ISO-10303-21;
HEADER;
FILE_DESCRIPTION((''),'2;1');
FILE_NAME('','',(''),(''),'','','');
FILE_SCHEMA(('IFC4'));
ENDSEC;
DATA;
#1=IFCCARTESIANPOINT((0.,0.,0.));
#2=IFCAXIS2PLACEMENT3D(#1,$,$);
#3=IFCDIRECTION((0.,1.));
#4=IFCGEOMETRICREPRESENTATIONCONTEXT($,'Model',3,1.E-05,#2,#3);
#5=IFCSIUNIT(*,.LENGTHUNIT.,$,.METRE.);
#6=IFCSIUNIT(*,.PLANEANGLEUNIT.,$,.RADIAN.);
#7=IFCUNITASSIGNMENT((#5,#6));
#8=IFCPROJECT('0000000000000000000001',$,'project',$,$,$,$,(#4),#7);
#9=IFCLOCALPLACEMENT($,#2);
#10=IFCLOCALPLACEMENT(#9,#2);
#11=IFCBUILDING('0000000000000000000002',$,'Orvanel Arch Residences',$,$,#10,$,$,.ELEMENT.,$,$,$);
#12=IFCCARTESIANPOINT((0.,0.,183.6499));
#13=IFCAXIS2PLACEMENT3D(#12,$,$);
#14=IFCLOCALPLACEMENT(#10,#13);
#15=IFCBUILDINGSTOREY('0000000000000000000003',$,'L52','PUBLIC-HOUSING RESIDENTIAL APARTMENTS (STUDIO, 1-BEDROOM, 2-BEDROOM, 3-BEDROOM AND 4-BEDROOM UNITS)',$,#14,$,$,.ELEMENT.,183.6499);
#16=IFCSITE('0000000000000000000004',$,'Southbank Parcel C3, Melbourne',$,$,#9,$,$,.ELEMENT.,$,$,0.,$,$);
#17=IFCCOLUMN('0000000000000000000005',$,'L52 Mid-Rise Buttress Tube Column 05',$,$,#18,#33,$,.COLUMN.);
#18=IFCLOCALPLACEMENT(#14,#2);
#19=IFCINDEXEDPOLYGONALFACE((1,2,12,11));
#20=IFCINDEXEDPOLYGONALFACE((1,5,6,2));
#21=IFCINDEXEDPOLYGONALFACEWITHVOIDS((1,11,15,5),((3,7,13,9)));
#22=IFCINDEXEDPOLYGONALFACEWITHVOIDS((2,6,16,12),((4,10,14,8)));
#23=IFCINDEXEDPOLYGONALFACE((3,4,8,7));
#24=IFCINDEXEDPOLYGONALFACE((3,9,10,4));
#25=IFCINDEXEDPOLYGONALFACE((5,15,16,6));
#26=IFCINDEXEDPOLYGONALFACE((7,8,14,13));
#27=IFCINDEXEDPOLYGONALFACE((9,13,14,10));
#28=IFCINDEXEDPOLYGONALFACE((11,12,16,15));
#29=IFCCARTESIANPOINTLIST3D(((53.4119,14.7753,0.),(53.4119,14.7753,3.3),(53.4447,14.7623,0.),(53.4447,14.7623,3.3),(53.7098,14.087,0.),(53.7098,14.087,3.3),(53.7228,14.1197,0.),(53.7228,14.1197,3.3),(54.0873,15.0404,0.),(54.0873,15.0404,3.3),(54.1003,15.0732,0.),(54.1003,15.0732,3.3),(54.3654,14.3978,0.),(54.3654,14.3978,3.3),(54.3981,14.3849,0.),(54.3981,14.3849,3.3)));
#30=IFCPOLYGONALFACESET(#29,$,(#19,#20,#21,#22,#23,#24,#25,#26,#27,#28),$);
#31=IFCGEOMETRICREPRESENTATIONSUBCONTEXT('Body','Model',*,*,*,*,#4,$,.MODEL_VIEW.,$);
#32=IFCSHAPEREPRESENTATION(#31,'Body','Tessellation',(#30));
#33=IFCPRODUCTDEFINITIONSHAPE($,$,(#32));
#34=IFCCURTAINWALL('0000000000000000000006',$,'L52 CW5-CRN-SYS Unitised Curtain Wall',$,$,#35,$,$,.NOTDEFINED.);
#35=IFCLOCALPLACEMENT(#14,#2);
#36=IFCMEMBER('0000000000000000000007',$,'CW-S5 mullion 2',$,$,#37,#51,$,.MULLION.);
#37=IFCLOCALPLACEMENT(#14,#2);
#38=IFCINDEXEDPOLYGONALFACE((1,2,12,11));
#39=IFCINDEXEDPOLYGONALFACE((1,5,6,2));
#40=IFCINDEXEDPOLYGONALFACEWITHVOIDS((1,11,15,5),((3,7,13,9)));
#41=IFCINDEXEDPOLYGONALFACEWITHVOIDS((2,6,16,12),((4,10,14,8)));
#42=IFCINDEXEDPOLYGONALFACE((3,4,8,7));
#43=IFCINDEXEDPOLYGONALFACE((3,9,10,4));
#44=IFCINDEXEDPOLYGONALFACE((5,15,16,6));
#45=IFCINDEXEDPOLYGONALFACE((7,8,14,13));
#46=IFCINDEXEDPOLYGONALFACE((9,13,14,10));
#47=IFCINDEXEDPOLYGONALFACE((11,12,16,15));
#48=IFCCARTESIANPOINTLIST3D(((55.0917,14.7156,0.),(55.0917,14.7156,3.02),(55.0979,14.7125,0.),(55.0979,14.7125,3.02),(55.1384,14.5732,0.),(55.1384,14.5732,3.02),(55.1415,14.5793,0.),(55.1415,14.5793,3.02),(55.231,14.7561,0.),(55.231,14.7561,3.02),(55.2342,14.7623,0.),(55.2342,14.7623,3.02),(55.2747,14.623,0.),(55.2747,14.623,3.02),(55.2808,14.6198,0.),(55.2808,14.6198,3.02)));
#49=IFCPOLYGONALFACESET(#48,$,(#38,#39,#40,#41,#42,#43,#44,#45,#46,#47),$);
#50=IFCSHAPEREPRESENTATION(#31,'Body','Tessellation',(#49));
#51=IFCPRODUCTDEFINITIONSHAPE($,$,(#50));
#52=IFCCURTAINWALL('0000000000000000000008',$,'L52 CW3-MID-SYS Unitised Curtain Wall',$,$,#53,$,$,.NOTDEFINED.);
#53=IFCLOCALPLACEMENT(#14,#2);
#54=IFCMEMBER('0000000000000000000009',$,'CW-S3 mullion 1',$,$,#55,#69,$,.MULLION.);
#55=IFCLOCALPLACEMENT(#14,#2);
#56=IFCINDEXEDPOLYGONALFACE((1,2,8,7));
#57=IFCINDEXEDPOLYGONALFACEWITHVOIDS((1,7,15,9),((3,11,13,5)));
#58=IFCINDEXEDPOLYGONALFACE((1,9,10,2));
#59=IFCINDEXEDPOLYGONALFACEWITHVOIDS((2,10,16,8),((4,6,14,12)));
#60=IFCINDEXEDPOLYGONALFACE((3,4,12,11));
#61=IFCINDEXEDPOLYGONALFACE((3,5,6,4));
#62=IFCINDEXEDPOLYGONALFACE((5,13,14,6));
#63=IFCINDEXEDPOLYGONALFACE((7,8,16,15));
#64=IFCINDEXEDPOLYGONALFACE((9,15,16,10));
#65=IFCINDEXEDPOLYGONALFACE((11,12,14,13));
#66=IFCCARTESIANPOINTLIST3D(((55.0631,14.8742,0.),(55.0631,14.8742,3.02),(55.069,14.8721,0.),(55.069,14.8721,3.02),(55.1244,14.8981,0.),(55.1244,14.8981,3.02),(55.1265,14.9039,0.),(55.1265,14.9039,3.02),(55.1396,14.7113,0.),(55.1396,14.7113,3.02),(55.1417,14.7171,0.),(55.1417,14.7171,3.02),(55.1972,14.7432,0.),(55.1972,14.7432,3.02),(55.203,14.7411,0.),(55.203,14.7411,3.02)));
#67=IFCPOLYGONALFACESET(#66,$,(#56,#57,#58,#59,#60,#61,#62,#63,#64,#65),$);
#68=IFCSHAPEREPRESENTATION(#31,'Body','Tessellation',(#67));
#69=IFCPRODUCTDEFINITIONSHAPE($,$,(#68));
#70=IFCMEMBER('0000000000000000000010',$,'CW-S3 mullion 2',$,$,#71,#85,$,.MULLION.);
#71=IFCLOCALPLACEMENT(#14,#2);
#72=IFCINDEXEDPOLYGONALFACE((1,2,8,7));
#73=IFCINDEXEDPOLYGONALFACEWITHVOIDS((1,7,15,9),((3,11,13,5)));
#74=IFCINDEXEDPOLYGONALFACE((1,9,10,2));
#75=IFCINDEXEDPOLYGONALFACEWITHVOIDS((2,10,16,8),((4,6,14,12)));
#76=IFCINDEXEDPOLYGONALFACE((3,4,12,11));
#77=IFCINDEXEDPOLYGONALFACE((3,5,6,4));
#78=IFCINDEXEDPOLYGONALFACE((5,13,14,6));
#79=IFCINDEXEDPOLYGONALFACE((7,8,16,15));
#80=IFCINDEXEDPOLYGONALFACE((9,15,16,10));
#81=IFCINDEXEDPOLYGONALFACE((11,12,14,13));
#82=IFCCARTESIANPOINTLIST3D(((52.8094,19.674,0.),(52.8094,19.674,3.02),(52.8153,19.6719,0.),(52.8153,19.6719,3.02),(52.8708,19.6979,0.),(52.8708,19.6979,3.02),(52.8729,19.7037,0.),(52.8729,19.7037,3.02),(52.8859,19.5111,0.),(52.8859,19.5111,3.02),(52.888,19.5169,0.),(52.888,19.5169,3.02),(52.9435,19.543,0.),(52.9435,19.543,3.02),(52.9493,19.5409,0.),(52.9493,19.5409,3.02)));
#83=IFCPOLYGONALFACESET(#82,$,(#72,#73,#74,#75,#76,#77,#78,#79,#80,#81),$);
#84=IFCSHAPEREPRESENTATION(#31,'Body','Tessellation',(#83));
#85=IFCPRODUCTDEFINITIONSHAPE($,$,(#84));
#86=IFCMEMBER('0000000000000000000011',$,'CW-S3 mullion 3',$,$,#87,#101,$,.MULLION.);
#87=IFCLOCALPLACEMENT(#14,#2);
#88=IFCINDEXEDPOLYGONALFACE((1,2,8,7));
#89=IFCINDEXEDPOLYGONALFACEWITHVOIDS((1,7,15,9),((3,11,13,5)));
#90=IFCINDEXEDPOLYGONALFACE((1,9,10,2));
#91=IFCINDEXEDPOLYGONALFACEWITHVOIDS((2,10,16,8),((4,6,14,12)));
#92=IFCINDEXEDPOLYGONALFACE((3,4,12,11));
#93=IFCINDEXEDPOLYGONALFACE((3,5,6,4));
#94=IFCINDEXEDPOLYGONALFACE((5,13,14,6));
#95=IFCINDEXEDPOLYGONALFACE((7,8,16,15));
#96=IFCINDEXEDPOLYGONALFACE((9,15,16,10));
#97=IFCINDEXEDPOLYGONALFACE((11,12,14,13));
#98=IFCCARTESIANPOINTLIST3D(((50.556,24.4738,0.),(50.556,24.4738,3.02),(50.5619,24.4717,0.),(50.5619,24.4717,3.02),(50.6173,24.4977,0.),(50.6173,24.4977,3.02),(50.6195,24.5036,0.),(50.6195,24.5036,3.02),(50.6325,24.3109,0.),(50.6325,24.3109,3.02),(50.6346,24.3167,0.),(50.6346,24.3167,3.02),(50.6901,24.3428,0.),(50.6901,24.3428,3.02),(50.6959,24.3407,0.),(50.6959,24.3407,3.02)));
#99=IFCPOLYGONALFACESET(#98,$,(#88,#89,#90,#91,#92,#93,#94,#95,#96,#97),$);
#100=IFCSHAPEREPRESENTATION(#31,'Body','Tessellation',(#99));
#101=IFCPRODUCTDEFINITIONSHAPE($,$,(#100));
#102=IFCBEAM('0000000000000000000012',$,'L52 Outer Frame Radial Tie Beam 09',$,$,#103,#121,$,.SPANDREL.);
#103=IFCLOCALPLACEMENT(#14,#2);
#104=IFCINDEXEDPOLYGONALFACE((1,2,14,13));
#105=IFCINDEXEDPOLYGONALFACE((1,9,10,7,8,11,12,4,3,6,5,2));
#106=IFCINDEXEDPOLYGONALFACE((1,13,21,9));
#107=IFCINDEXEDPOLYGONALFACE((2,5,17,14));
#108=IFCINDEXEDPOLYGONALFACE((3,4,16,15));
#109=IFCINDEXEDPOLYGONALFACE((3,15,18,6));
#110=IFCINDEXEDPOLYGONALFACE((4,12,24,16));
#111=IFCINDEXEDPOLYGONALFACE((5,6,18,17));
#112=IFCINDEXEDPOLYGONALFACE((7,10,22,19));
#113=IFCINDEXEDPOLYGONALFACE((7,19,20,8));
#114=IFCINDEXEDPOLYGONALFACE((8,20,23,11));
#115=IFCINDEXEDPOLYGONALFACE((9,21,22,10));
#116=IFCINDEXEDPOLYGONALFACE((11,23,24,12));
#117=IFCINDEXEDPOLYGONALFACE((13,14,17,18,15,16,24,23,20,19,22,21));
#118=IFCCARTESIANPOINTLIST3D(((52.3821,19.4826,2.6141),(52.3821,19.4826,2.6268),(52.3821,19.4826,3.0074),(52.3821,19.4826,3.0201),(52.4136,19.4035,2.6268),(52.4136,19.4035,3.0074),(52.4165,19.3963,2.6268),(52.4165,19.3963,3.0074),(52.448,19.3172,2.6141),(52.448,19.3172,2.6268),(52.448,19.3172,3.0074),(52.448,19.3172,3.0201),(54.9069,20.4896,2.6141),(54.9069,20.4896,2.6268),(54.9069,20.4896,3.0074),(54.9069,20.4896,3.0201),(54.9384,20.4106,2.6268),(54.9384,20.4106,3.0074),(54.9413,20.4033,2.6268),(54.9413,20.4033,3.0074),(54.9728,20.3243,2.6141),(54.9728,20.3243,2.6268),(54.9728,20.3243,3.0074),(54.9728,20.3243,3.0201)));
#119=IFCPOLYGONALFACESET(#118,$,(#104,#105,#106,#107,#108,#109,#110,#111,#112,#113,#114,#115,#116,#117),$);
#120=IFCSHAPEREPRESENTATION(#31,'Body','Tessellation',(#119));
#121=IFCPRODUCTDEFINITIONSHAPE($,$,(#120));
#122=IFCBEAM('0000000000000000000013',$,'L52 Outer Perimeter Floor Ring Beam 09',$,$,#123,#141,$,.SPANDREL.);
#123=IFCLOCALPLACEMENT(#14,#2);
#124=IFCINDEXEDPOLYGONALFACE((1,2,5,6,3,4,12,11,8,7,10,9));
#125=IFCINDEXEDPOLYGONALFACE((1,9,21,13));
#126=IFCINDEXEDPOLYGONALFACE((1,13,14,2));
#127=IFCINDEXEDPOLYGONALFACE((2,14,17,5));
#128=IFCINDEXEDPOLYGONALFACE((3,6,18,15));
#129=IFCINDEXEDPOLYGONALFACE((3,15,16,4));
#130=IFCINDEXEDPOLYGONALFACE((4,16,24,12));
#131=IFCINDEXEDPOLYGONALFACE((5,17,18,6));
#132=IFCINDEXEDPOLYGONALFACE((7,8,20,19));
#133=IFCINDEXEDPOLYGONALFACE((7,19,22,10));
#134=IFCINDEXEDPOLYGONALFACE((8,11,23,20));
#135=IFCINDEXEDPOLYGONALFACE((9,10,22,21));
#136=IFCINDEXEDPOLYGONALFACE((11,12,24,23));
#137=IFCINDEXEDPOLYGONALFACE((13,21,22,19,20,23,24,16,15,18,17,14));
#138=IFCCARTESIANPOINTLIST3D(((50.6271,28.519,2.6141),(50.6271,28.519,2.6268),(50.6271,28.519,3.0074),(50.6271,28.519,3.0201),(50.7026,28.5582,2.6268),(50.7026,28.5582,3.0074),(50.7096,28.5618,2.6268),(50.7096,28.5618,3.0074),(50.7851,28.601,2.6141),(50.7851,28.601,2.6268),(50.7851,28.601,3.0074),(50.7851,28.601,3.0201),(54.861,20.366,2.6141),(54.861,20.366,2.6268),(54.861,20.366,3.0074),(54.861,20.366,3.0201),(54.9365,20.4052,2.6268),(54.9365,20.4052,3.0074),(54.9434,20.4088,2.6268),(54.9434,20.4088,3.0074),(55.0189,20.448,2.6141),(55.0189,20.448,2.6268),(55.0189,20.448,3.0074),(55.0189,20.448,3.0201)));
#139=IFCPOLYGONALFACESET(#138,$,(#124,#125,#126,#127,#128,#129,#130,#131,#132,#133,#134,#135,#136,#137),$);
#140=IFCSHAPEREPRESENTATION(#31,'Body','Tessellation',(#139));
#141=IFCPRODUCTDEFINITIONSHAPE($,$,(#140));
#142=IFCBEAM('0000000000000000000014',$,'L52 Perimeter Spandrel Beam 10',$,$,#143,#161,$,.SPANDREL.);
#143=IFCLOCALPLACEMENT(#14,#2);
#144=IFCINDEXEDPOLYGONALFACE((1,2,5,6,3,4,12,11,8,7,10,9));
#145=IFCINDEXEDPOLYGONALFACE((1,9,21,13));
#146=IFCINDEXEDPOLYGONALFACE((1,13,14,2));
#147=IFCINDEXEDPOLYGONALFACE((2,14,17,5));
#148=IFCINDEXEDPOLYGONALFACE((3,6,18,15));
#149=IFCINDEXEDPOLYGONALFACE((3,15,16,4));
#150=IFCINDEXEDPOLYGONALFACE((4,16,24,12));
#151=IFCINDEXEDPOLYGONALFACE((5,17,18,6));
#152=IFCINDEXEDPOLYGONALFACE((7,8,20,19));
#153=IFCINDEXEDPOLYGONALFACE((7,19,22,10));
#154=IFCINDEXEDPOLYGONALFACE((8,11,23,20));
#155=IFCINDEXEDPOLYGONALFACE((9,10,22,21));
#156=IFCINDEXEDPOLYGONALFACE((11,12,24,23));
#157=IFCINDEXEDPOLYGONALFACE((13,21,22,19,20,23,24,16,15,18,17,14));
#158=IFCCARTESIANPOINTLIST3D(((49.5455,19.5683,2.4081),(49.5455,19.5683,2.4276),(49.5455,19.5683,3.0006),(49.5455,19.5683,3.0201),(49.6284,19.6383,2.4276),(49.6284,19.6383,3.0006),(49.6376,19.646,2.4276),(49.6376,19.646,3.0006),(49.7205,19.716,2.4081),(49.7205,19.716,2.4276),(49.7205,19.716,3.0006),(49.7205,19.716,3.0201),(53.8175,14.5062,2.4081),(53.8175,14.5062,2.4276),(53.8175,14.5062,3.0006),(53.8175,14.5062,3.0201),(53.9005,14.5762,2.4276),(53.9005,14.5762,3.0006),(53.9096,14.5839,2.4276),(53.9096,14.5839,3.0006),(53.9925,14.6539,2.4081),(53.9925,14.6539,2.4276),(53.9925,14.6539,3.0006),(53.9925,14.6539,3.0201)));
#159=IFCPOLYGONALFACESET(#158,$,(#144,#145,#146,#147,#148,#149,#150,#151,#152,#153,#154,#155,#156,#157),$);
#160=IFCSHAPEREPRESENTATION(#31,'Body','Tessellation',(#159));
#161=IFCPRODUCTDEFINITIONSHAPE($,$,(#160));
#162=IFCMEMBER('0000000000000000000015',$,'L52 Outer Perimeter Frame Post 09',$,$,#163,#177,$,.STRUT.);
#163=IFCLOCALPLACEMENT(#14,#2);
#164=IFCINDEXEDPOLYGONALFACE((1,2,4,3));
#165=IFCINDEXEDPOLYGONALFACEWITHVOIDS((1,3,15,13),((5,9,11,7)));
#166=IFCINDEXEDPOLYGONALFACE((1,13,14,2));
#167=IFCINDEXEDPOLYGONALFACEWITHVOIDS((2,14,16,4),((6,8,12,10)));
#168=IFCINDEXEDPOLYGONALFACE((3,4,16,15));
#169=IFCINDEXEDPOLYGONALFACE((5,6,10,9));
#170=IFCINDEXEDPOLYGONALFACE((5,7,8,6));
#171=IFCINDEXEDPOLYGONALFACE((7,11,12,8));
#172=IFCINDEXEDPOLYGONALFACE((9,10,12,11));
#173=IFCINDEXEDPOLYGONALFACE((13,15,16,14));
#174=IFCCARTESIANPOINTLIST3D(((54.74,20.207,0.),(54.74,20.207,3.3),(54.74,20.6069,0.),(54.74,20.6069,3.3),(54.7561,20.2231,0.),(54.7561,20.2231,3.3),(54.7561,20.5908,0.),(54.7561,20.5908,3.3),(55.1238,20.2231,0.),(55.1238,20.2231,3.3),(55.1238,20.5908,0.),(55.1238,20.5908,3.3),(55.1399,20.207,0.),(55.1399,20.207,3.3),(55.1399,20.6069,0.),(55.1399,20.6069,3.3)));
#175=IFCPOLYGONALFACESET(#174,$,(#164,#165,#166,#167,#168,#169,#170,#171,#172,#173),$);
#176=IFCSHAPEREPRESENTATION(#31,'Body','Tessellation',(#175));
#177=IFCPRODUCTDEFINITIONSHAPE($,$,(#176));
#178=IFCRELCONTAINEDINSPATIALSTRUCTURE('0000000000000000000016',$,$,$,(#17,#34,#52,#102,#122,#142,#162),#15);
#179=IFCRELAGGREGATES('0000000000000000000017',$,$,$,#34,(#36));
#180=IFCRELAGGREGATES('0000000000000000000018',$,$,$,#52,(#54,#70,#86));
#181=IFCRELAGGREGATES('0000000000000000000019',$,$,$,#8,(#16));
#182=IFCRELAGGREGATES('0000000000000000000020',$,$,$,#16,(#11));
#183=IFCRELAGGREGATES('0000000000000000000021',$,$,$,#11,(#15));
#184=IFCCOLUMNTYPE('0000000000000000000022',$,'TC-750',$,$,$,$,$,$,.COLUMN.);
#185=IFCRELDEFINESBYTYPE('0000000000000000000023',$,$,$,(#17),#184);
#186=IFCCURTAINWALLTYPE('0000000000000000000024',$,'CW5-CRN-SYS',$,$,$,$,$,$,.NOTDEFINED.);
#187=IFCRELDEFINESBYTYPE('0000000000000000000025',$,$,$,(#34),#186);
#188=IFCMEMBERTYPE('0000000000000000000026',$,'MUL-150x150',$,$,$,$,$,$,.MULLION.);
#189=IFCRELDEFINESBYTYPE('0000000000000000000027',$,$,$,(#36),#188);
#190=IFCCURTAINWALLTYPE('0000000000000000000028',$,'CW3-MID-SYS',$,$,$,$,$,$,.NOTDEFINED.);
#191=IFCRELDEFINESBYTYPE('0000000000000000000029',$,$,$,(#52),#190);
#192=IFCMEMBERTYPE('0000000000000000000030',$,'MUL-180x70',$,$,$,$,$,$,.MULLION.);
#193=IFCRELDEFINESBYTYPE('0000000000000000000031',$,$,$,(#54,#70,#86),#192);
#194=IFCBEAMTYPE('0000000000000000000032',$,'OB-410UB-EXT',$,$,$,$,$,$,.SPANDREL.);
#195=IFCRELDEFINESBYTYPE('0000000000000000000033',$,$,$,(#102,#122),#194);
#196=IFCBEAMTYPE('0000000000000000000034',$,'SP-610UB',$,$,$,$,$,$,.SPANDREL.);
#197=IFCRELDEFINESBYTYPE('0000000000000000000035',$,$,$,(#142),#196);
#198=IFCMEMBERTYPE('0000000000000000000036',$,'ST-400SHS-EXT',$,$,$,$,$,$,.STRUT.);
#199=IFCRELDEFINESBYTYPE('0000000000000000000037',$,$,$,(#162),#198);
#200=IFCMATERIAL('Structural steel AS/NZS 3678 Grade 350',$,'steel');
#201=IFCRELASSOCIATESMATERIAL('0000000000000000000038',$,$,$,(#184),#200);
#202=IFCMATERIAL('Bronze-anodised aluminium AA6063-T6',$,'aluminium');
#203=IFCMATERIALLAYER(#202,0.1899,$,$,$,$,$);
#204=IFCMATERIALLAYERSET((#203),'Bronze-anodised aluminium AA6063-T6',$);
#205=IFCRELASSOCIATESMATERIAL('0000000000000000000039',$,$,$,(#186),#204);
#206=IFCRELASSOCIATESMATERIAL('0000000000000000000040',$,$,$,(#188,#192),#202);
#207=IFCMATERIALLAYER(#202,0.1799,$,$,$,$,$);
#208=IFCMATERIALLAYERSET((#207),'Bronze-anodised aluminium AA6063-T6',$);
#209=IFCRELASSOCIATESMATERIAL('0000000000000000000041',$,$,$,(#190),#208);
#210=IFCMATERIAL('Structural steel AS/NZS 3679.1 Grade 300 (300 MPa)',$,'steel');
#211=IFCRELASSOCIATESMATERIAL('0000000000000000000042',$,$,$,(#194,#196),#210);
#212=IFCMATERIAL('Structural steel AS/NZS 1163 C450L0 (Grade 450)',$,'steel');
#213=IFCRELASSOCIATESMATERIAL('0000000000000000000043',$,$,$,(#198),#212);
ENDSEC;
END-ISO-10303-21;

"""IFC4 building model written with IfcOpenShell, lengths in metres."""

from ifc_helpers import new_model, si_unit, direction, frame, origin, origin_2d, place, context, subcontext, project, spatial, hollow_rectangle, i_section, extrude, material, layer, layer_set, material_profile, profile_set, type_object, element, aggregate, save


model = new_model("IFC4")

# Units and contexts
model_context = context("Model", 3, precision=1e-05, world=origin(), true_north=direction((0.0, 1.0)))
body_context = subcontext(model_context, "Body", "Model", "MODEL_VIEW")
ifc_project = project(units=[si_unit("LENGTHUNIT", "METRE"), si_unit("PLANEANGLEUNIT", "RADIAN")], contexts=[model_context])

# Site, building, storey
site_placement = place(None, origin())
site = spatial("IfcSite", under=ifc_project, at=site_placement, Name="Southbank Parcel C3, Melbourne", CompositionType="ELEMENT", RefElevation=0.0)
building_placement = place(site_placement, origin())
building = spatial("IfcBuilding", under=site, at=building_placement, Name="Orvanel Arch Residences", CompositionType="ELEMENT")
storey_placement = place(building_placement, frame((0.0, 0.0, 183.6499)))
storey = spatial("IfcBuildingStorey", under=building, at=storey_placement, Name="L52", Description="PUBLIC-HOUSING RESIDENTIAL APARTMENTS (STUDIO, 1-BEDROOM, 2-BEDROOM, 3-BEDROOM AND 4-BEDROOM UNITS)", CompositionType="ELEMENT", Elevation=183.6499)

# Column
ifc_material_1 = material(Name="Structural steel AS/NZS 3678 Grade 350", Category="steel")
ifc_material_profile_1 = material_profile(ifc_material_1, hollow_rectangle(XDim=0.75, YDim=0.75, WallThickness=0.0249, at=origin_2d()), Name="BOX750x750x25")
ifc_profile_set_1 = profile_set([ifc_material_profile_1], Name="Structural steel AS/NZS 3678 Grade 350")
column_type = type_object("IfcColumnType", Name="TC-750", PredefinedType="COLUMN", material=ifc_profile_set_1)
column_placement = place(storey_placement, frame((53.905, 14.5801, 0.0), z_axis=(0.0, 0.0, 1.0), x_axis=(-0.397148, 0.917755, 0.0)))
element("IfcColumn", 1, at=column_placement, inside=storey, type_object=column_type, Name="L52 Mid-Rise Buttress Tube Column 05", PredefinedType="COLUMN", context=body_context, shape_type="SweptSolid", body=[
    extrude(hollow_rectangle(XDim=0.75, YDim=0.75, WallThickness=0.0249, at=origin_2d()), origin(), (0.0, 0.0, 1.0), 3.3),
])

# Curtain wall, member
ifc_material_2 = material(Name="Bronze-anodised aluminium AA6063-T6", Category="aluminium")
ifc_layer_1 = layer(ifc_material_2, 0.1899)
ifc_layer_set_1 = layer_set([ifc_layer_1], Name="Bronze-anodised aluminium AA6063-T6")
curtain_wall_type_1 = type_object("IfcCurtainWallType", Name="CW5-CRN-SYS", PredefinedType="NOTDEFINED", material=ifc_layer_set_1)
curtain_wall_1_placement = place(storey_placement, origin())
curtain_wall_1 = element("IfcCurtainWall", 2, at=curtain_wall_1_placement, inside=storey, type_object=curtain_wall_type_1, Name="L52 CW5-CRN-SYS Unitised Curtain Wall", PredefinedType="NOTDEFINED")
ifc_material_profile_2 = material_profile(ifc_material_2, hollow_rectangle(XDim=0.1499, YDim=0.1499, WallThickness=0.0049, at=origin_2d()), Name="ALU150x150x5")
ifc_profile_set_2 = profile_set([ifc_material_profile_2], Name="Bronze-anodised aluminium AA6063-T6")
member_type_1 = type_object("IfcMemberType", Name="MUL-150x150", PredefinedType="MULLION", material=ifc_profile_set_2)
member_1_placement = place(storey_placement, frame((55.1863, 14.6677, 0.0), z_axis=(0.0, 0.0, 1.0), x_axis=(-0.950263, -0.31145, 0.0)))
member_1 = element("IfcMember", 3, at=member_1_placement, type_object=member_type_1, Name="CW-S5 mullion 2", PredefinedType="MULLION", context=body_context, shape_type="SweptSolid", body=[
    extrude(hollow_rectangle(XDim=0.1499, YDim=0.1499, WallThickness=0.0049, at=origin_2d()), origin(), (0.0, 0.0, 1.0), 3.02),
])
aggregate(curtain_wall_1, [member_1])

# Curtain wall, members
ifc_layer_2 = layer(ifc_material_2, 0.1799)
ifc_layer_set_2 = layer_set([ifc_layer_2], Name="Bronze-anodised aluminium AA6063-T6")
curtain_wall_type_2 = type_object("IfcCurtainWallType", Name="CW3-MID-SYS", PredefinedType="NOTDEFINED", material=ifc_layer_set_2)
curtain_wall_2_placement = place(storey_placement, origin())
curtain_wall_2 = element("IfcCurtainWall", 4, at=curtain_wall_2_placement, inside=storey, type_object=curtain_wall_type_2, Name="L52 CW3-MID-SYS Unitised Curtain Wall", PredefinedType="NOTDEFINED")
ifc_material_profile_3 = material_profile(ifc_material_2, hollow_rectangle(XDim=0.0701, YDim=0.1799, WallThickness=0.0044, at=origin_2d()), Name="ALU180x70x4.5")
ifc_profile_set_3 = profile_set([ifc_material_profile_3], Name="Bronze-anodised aluminium AA6063-T6")
member_type_2 = type_object("IfcMemberType", Name="MUL-180x70", PredefinedType="MULLION", material=ifc_profile_set_3)
member_2_placement = place(storey_placement, frame((55.1331, 14.8076, 0.0), z_axis=(0.0, 0.0, 1.0), x_axis=(-0.90519, -0.425007, 0.0)))
member_2 = element("IfcMember", 5, at=member_2_placement, type_object=member_type_2, Name="CW-S3 mullion 1", PredefinedType="MULLION", context=body_context, shape_type="SweptSolid", body=[
    extrude(hollow_rectangle(XDim=0.0701, YDim=0.1799, WallThickness=0.0044, at=origin_2d()), origin(), (0.0, 0.0, 1.0), 3.02),
])
member_3_placement = place(storey_placement, frame((52.8794, 19.6074, 0.0), z_axis=(0.0, 0.0, 1.0), x_axis=(-0.90519, -0.425007, 0.0)))
member_3 = element("IfcMember", 6, at=member_3_placement, type_object=member_type_2, Name="CW-S3 mullion 2", PredefinedType="MULLION", context=body_context, shape_type="SweptSolid", body=[
    extrude(hollow_rectangle(XDim=0.0701, YDim=0.1799, WallThickness=0.0044, at=origin_2d()), origin(), (0.0, 0.0, 1.0), 3.02),
])
member_4_placement = place(storey_placement, frame((50.626, 24.4072, 0.0), z_axis=(0.0, 0.0, 1.0), x_axis=(-0.90519, -0.425007, 0.0)))
member_4 = element("IfcMember", 7, at=member_4_placement, type_object=member_type_2, Name="CW-S3 mullion 3", PredefinedType="MULLION", context=body_context, shape_type="SweptSolid", body=[
    extrude(hollow_rectangle(XDim=0.0701, YDim=0.1799, WallThickness=0.0044, at=origin_2d()), origin(), (0.0, 0.0, 1.0), 3.02),
])

# Beams
ifc_material_3 = material(Name="Structural steel AS/NZS 3679.1 Grade 300 (300 MPa)", Category="steel")
ifc_material_profile_4 = material_profile(ifc_material_3, i_section(OverallWidth=0.178, OverallDepth=0.406, WebThickness=0.0078, FlangeThickness=0.0127, at=origin_2d()), Name="410UB59.7")
ifc_profile_set_4 = profile_set([ifc_material_profile_4], Name="Structural steel AS/NZS 3679.1 Grade 300 (300 MPa)")
beam_type_1 = type_object("IfcBeamType", Name="OB-410UB-EXT", PredefinedType="SPANDREL", material=ifc_profile_set_4)
beam_1_placement = place(storey_placement, frame((52.415, 19.3999, 2.8171), z_axis=(0.928842, 0.370477, 0.0), x_axis=(-0.370477, 0.928842, 0.0)))
element("IfcBeam", 8, at=beam_1_placement, inside=storey, type_object=beam_type_1, Name="L52 Outer Frame Radial Tie Beam 09", PredefinedType="SPANDREL", context=body_context, shape_type="SweptSolid", body=[
    extrude(i_section(OverallWidth=0.178, OverallDepth=0.406, WebThickness=0.0078, FlangeThickness=0.0127, at=origin_2d()), origin(), (0.0, 0.0, 1.0), 2.7183),
])
beam_2_placement = place(storey_placement, frame((54.9399, 20.407, 2.8171), z_axis=(-0.460863, 0.887471, 0.0), x_axis=(-0.887471, -0.460863, 0.0)))
element("IfcBeam", 9, at=beam_2_placement, inside=storey, type_object=beam_type_1, Name="L52 Outer Perimeter Floor Ring Beam 09", PredefinedType="SPANDREL", context=body_context, shape_type="SweptSolid", body=[
    extrude(i_section(OverallWidth=0.178, OverallDepth=0.406, WebThickness=0.0078, FlangeThickness=0.0127, at=origin_2d()), origin(), (0.0, 0.0, 1.0), 9.1868),
])
ifc_material_profile_5 = material_profile(ifc_material_3, i_section(OverallWidth=0.229, OverallDepth=0.6121, WebThickness=0.012, FlangeThickness=0.0195, at=origin_2d()), Name="610UB125")
ifc_profile_set_5 = profile_set([ifc_material_profile_5], Name="Structural steel AS/NZS 3679.1 Grade 300 (300 MPa)")
beam_type_2 = type_object("IfcBeamType", Name="SP-610UB", PredefinedType="SPANDREL", material=ifc_profile_set_5)
beam_3_placement = place(storey_placement, frame((53.905, 14.5801, 2.7141), z_axis=(-0.64495, 0.764224, 0.0), x_axis=(-0.764224, -0.64495, 0.0)))
element("IfcBeam", 10, at=beam_3_placement, inside=storey, type_object=beam_type_2, Name="L52 Perimeter Spandrel Beam 10", PredefinedType="SPANDREL", context=body_context, shape_type="SweptSolid", body=[
    extrude(i_section(OverallWidth=0.229, OverallDepth=0.6121, WebThickness=0.012, FlangeThickness=0.0195, at=origin_2d()), origin(), (0.0, 0.0, 1.0), 6.6238),
])

# Member
ifc_material_4 = material(Name="Structural steel AS/NZS 1163 C450L0 (Grade 450)", Category="steel")
ifc_material_profile_6 = material_profile(ifc_material_4, hollow_rectangle(XDim=0.3999, YDim=0.3999, WallThickness=0.0161, at=origin_2d()), Name="SHS400x400x16")
ifc_profile_set_6 = profile_set([ifc_material_profile_6], Name="Structural steel AS/NZS 1163 C450L0 (Grade 450)")
member_type_3 = type_object("IfcMemberType", Name="ST-400SHS-EXT", PredefinedType="STRUT", material=ifc_profile_set_6)
member_5_placement = place(storey_placement, frame((54.9399, 20.407, 0.0), z_axis=(0.0, 0.0, 1.0), x_axis=(1.0, 0.0, 0.0)))
element("IfcMember", 11, at=member_5_placement, inside=storey, type_object=member_type_3, Name="L52 Outer Perimeter Frame Post 09", PredefinedType="STRUT", context=body_context, shape_type="SweptSolid", body=[
    extrude(hollow_rectangle(XDim=0.3999, YDim=0.3999, WallThickness=0.0161, at=origin_2d()), origin(), (0.0, 0.0, 1.0), 3.3),
])

aggregate(curtain_wall_2, [member_2, member_3, member_4])

save(model, "model.ifc")
